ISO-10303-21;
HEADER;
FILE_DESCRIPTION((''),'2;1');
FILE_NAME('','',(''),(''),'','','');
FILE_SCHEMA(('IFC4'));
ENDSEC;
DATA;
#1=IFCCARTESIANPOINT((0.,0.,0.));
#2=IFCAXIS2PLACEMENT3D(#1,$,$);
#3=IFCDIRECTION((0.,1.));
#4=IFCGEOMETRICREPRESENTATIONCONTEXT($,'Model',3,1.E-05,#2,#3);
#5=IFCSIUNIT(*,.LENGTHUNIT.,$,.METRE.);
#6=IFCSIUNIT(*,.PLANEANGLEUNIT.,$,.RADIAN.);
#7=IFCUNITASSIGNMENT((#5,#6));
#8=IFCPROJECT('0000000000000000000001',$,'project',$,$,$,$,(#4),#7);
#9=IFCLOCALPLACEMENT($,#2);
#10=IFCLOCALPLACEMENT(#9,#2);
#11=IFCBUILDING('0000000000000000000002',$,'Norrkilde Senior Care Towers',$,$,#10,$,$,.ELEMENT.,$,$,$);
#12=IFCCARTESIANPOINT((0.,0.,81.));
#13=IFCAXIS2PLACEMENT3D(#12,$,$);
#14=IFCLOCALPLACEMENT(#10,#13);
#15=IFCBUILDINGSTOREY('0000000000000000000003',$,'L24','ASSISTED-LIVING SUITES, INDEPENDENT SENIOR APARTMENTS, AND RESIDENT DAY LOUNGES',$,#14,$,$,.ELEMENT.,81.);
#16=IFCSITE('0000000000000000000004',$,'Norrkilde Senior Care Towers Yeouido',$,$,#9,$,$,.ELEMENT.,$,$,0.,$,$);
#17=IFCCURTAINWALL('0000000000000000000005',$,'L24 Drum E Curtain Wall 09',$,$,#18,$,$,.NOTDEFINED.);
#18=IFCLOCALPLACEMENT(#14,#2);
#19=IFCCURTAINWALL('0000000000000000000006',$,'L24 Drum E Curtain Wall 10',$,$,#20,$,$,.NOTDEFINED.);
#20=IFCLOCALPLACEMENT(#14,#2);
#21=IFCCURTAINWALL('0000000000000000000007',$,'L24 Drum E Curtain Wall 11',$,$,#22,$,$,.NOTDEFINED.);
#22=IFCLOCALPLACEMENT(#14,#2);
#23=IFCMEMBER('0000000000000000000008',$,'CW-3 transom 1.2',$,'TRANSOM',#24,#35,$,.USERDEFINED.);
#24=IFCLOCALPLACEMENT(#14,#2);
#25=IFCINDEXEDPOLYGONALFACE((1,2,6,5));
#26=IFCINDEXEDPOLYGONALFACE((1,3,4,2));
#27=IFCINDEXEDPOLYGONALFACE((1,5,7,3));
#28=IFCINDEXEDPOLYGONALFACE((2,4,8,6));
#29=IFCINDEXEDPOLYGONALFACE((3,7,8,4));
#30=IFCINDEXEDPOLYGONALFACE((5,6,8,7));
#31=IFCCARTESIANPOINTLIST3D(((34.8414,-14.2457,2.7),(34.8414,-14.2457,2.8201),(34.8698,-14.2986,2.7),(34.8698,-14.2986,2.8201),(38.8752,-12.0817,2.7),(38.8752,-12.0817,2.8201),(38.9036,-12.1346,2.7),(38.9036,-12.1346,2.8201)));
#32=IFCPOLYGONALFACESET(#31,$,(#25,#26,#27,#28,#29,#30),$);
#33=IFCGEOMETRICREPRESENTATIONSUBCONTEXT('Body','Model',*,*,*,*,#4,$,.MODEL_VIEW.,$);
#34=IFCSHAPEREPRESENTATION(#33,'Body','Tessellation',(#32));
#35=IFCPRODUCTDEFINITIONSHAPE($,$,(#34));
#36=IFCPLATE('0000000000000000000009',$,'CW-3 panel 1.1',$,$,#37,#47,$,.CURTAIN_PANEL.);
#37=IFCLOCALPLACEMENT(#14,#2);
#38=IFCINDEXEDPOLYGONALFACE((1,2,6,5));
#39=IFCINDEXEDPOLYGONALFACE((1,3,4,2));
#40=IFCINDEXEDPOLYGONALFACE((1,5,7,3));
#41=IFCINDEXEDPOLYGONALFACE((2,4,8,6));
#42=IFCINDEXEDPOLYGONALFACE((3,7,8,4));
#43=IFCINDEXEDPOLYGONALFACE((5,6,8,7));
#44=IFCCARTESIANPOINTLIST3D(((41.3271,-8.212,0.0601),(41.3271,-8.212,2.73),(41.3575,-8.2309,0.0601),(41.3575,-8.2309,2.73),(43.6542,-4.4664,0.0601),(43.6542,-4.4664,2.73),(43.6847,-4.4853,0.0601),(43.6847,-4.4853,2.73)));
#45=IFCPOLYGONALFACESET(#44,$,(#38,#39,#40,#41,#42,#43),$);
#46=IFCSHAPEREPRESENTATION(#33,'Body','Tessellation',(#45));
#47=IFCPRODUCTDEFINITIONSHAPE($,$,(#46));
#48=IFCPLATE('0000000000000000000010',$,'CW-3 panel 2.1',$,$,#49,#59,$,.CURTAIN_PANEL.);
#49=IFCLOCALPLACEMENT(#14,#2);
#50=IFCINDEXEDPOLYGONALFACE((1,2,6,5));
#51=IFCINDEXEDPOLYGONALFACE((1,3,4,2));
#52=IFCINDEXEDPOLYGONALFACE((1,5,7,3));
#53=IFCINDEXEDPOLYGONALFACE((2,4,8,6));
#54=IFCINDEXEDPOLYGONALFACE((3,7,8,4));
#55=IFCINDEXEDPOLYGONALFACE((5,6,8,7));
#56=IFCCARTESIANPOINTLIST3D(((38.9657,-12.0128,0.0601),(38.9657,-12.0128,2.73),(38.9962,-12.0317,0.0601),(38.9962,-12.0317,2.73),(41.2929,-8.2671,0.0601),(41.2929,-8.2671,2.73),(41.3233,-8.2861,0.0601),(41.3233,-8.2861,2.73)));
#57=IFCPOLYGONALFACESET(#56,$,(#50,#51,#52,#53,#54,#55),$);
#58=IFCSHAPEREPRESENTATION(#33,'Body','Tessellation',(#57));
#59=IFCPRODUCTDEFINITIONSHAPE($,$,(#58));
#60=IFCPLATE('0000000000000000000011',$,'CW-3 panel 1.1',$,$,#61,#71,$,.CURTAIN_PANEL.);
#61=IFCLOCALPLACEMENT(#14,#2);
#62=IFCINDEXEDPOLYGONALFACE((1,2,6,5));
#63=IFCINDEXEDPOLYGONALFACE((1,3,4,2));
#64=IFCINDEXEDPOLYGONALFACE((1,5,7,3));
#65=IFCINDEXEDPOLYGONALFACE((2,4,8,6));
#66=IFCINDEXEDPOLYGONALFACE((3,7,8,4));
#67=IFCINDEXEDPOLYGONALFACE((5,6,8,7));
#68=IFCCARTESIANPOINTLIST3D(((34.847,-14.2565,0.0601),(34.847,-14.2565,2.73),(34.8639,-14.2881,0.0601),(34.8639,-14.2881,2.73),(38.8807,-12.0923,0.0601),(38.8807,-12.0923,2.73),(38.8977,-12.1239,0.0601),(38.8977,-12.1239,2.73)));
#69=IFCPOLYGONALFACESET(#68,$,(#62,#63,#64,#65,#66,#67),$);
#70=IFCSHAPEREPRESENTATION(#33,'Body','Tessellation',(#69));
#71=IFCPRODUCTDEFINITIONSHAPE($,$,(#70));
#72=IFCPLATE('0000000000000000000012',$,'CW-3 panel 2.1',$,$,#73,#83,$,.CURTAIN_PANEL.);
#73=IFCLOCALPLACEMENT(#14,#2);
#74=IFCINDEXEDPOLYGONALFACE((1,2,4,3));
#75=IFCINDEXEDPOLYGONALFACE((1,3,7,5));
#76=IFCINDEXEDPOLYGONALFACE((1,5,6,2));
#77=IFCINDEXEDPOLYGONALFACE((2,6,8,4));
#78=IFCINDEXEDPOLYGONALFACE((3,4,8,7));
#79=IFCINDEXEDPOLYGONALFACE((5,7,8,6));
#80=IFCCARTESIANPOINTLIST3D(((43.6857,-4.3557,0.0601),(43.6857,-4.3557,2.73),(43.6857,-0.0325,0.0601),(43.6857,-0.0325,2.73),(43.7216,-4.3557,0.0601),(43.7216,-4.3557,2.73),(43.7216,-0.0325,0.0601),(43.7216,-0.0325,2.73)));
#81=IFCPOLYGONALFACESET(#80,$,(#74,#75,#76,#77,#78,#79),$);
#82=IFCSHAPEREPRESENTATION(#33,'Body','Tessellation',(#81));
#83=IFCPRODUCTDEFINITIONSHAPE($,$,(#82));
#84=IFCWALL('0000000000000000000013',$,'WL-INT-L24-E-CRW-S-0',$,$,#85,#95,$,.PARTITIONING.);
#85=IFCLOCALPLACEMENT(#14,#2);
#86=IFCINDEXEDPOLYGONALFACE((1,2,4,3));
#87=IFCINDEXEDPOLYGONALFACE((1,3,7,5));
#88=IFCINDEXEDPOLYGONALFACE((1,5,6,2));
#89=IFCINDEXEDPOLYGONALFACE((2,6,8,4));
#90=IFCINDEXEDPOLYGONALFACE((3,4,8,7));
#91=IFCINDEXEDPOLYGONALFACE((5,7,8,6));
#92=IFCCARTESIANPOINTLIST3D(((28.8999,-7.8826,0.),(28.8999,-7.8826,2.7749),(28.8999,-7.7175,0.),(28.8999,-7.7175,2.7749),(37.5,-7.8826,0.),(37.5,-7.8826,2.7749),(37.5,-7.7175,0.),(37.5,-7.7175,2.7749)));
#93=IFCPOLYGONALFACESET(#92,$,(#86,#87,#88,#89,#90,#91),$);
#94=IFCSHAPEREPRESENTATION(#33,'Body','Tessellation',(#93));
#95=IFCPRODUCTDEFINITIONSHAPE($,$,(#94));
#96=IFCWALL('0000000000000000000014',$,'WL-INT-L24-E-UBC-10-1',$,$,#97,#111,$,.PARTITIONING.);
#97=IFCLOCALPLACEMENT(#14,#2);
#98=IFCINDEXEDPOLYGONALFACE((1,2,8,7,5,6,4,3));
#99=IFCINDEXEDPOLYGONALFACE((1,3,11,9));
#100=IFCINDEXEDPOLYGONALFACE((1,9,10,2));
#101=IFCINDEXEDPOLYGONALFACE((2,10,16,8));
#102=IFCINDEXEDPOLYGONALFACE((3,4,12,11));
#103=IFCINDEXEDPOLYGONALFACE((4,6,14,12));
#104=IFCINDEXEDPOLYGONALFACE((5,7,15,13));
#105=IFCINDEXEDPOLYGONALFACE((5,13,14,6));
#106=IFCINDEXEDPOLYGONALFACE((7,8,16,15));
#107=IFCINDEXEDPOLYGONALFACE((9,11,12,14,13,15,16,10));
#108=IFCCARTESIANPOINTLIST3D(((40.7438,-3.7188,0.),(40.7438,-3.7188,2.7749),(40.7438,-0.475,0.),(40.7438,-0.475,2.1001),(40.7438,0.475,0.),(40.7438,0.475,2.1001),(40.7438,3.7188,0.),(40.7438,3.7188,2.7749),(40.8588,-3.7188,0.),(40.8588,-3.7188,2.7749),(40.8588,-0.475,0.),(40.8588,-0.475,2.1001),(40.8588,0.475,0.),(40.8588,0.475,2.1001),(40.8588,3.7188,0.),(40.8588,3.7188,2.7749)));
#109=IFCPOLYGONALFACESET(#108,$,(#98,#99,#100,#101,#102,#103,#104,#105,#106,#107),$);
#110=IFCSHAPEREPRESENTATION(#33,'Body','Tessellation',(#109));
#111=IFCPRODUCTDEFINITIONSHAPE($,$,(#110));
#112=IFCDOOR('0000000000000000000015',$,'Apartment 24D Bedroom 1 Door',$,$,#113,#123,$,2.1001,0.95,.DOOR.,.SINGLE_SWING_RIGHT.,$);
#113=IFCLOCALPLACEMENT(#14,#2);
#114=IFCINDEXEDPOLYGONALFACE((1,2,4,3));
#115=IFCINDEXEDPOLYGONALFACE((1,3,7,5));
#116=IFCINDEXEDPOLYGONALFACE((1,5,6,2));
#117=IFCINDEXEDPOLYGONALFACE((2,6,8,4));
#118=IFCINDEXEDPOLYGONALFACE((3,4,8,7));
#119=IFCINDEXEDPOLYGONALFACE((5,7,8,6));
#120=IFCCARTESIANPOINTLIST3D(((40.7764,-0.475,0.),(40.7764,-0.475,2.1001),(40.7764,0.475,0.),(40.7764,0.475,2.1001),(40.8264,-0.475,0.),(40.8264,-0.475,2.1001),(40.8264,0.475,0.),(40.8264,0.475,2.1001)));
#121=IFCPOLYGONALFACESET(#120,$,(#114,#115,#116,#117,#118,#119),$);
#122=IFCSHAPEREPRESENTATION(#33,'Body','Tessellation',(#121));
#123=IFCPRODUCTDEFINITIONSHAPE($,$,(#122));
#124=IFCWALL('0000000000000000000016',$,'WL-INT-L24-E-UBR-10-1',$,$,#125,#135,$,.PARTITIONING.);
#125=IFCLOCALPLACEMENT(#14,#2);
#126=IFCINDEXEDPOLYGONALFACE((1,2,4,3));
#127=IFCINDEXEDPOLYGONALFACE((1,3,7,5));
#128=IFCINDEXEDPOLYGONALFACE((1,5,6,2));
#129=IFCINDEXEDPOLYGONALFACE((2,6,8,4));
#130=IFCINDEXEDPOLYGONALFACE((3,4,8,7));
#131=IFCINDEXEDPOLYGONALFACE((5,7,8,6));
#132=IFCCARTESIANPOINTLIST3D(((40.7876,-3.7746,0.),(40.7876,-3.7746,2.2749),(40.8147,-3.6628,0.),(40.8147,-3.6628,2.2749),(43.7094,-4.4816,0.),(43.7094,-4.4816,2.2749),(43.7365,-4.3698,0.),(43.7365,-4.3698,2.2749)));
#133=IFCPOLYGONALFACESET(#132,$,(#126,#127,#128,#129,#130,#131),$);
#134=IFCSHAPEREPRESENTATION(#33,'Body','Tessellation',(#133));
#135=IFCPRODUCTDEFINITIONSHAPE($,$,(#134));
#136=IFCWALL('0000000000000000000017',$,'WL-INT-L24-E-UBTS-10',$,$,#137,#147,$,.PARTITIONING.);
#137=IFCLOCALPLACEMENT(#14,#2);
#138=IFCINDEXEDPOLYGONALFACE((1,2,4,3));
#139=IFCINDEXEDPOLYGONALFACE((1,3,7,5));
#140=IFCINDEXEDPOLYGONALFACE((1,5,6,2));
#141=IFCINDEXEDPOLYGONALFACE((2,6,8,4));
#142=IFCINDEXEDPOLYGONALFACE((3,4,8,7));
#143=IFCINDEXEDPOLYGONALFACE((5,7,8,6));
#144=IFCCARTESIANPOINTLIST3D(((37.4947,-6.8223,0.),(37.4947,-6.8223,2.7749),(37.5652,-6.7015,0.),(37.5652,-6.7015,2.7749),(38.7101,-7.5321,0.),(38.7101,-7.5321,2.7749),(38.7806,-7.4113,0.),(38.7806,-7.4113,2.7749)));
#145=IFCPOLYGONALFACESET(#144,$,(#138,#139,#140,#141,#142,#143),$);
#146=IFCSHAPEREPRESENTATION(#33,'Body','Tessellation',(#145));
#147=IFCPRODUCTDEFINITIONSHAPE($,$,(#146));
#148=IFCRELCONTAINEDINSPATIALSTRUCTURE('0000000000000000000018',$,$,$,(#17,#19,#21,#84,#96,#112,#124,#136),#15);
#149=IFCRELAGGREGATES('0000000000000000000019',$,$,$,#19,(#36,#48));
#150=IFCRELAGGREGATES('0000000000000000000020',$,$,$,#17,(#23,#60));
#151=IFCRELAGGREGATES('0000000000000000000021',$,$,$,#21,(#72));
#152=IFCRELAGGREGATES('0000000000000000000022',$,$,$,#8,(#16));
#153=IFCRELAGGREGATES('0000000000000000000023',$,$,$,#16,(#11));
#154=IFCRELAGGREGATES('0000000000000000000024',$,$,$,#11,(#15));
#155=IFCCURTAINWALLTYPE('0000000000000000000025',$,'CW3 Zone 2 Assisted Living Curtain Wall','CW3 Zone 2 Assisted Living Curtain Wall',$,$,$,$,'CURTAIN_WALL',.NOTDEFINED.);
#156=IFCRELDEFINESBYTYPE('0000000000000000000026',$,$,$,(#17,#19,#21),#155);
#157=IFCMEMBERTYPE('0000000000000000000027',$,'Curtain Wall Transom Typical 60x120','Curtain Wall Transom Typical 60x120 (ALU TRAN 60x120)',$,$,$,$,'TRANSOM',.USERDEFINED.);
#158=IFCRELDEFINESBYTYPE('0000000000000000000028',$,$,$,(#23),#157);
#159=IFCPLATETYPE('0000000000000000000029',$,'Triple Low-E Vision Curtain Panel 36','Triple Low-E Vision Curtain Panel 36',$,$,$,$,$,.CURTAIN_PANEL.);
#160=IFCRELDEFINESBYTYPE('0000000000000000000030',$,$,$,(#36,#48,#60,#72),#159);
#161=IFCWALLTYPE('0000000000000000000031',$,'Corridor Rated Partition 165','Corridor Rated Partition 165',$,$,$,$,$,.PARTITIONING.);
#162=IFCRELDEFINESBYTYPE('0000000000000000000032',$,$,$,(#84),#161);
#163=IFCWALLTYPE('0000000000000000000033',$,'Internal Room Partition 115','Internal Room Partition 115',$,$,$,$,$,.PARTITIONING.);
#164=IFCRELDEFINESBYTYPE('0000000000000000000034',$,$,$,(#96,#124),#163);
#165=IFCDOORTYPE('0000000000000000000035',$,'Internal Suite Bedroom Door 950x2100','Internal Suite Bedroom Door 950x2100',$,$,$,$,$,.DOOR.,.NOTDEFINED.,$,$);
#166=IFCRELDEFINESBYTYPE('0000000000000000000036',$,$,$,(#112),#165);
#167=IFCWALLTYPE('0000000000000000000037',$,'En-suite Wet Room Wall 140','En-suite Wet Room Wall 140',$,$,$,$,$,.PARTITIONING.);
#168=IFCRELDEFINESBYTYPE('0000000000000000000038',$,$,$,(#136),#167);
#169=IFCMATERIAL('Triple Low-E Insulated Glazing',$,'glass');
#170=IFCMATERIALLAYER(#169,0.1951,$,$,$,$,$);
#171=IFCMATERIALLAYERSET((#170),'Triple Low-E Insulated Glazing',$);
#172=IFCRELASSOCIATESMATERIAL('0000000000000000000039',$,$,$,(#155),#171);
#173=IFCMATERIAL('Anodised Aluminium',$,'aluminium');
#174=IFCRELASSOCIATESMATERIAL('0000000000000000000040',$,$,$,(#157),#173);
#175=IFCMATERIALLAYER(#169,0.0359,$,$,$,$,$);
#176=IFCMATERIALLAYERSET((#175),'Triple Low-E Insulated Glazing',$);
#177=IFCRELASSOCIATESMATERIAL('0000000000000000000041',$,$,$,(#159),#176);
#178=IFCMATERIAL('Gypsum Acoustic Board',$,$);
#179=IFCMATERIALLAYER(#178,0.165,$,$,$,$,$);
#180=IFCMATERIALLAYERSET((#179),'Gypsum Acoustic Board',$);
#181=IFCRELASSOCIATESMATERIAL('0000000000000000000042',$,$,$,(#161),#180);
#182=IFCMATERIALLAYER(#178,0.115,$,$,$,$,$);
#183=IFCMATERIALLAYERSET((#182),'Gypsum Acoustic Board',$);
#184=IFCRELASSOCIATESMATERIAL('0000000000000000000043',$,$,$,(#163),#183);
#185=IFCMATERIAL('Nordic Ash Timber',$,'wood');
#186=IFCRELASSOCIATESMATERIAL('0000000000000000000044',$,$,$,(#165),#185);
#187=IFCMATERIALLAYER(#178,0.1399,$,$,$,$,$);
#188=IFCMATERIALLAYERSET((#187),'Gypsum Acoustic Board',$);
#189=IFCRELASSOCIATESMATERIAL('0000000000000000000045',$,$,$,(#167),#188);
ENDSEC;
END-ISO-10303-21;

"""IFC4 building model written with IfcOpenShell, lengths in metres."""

from ifc_helpers import new_model, si_unit, direction, frame, frame_2d, origin, origin_2d, place, context, subcontext, project, spatial, rectangle, extrude, source, transform, mapped, material, layer, layer_set, material_profile, profile_set, type_object, type_shapes, element, fill, aggregate, save


model = new_model("IFC4")

# Units and contexts
model_context = context("Model", 3, precision=1e-05, world=origin(), true_north=direction((0.0, 1.0)))
body_context = subcontext(model_context, "Body", "Model", "MODEL_VIEW")
ifc_project = project(units=[si_unit("LENGTHUNIT", "METRE"), si_unit("PLANEANGLEUNIT", "RADIAN")], contexts=[model_context])

# Site, building, storey
site_placement = place(None, origin())
site = spatial("IfcSite", under=ifc_project, at=site_placement, Name="Norrkilde Senior Care Towers Yeouido", CompositionType="ELEMENT", RefElevation=0.0)
building_placement = place(site_placement, origin())
building = spatial("IfcBuilding", under=site, at=building_placement, Name="Norrkilde Senior Care Towers", CompositionType="ELEMENT")
storey_placement = place(building_placement, frame((0.0, 0.0, 81.0)))
storey = spatial("IfcBuildingStorey", under=building, at=storey_placement, Name="L24", Description="ASSISTED-LIVING SUITES, INDEPENDENT SENIOR APARTMENTS, AND RESIDENT DAY LOUNGES", CompositionType="ELEMENT", Elevation=81.0)

# Curtain wall
ifc_material_1 = material(Name="Triple Low-E Insulated Glazing", Category="glass")
ifc_layer_1 = layer(ifc_material_1, 0.1951)
ifc_layer_set_1 = layer_set([ifc_layer_1], Name="Triple Low-E Insulated Glazing")
curtain_wall_type = type_object("IfcCurtainWallType", Name="CW3 Zone 2 Assisted Living Curtain Wall", Description="CW3 Zone 2 Assisted Living Curtain Wall", ElementType="CURTAIN_WALL", PredefinedType="NOTDEFINED", material=ifc_layer_set_1)
curtain_wall_1_placement = place(storey_placement, origin())
curtain_wall_1 = element("IfcCurtainWall", 1, at=curtain_wall_1_placement, inside=storey, type_object=curtain_wall_type, Name="L24 Drum E Curtain Wall 09", PredefinedType="NOTDEFINED")
ifc_material_2 = material(Name="Anodised Aluminium", Category="aluminium")

# Curtain wall
curtain_wall_2_placement = place(storey_placement, origin())
curtain_wall_2 = element("IfcCurtainWall", 2, at=curtain_wall_2_placement, inside=storey, type_object=curtain_wall_type, Name="L24 Drum E Curtain Wall 10", PredefinedType="NOTDEFINED")

# Curtain wall
curtain_wall_3_placement = place(storey_placement, origin())
curtain_wall_3 = element("IfcCurtainWall", 3, at=curtain_wall_3_placement, inside=storey, type_object=curtain_wall_type, Name="L24 Drum E Curtain Wall 11", PredefinedType="NOTDEFINED")

# Member
ifc_material_profile_1 = material_profile(ifc_material_2, rectangle(XDim=0.0601, YDim=0.1201, at=origin_2d()), Name="ALU TRAN 60x120")
ifc_profile_set_1 = profile_set([ifc_material_profile_1], Name="Anodised Aluminium")
member_type_1 = type_object("IfcMemberType", Name="Curtain Wall Transom Typical 60x120", Description="Curtain Wall Transom Typical 60x120 (ALU TRAN 60x120)", ElementType="TRANSOM", PredefinedType="USERDEFINED", material=ifc_profile_set_1)
shared_shape_1 = source(origin(), body_context, "Body", "SweptSolid", [
    extrude(rectangle(XDim=0.0601, YDim=0.1201, at=origin_2d()), origin(), (0.0, 0.0, 1.0), 4.5776),
])
member_1_placement = place(storey_placement, frame((38.8894, -12.1082, 2.76), z_axis=(-0.881205, -0.472735, 0.0), x_axis=(0.472735, -0.881205, 0.0)))
member_1 = element("IfcMember", 4, at=member_1_placement, type_object=member_type_1, Name="CW-3 transom 1.2", ObjectType="TRANSOM", PredefinedType="USERDEFINED", context=body_context, shape_type="MappedRepresentation", body=[
    mapped(shared_shape_1, transform((0.0, 0.0, 0.0), x_axis=(1.0, 0.0, 0.0), y_axis=(0.0, 1.0, 0.0), z_axis=(0.0, 0.0, 1.0), scale=1.0)),
])

# Plates
ifc_layer_2 = layer(ifc_material_1, 0.0359)
ifc_layer_set_2 = layer_set([ifc_layer_2], Name="Triple Low-E Insulated Glazing")
plate_type = type_object("IfcPlateType", Name="Triple Low-E Vision Curtain Panel 36", Description="Triple Low-E Vision Curtain Panel 36", PredefinedType="CURTAIN_PANEL", material=ifc_layer_set_2)
shared_shape_2 = source(origin(), body_context, "Body", "SweptSolid", [
    extrude(rectangle(XDim=4.4097, YDim=0.0359, at=origin_2d()), origin(), (0.0, 0.0, 1.0), 2.6699),
])
plate_1_placement = place(storey_placement, frame((42.5059, -6.3486, 0.0601), z_axis=(0.0, 0.0, 1.0), x_axis=(-0.527733, -0.84941, 0.0)))
plate_1 = element("IfcPlate", 5, at=plate_1_placement, type_object=plate_type, Name="CW-3 panel 1.1", PredefinedType="CURTAIN_PANEL", context=body_context, shape_type="MappedRepresentation", body=[
    mapped(shared_shape_2, transform((0.0, 0.0, 0.0), x_axis=(1.0, 0.0, 0.0), y_axis=(0.0, 1.0, 0.0), z_axis=(0.0, 0.0, 1.0), scale=1.0)),
])
plate_2_placement = place(storey_placement, frame((40.1445, -10.1494, 0.0601), z_axis=(0.0, 0.0, 1.0), x_axis=(-0.527733, -0.84941, 0.0)))
plate_2 = element("IfcPlate", 6, at=plate_2_placement, type_object=plate_type, Name="CW-3 panel 2.1", PredefinedType="CURTAIN_PANEL", context=body_context, shape_type="MappedRepresentation", body=[
    mapped(shared_shape_2, transform((0.0, 0.0, 0.0), x_axis=(1.0, 0.0, 0.0), y_axis=(0.0, 1.0, 0.0), z_axis=(0.0, 0.0, 1.0), scale=1.0)),
])
aggregate(curtain_wall_2, [plate_1, plate_2])
shared_shape_3 = source(origin(), body_context, "Body", "SweptSolid", [
    extrude(rectangle(XDim=4.5776, YDim=0.0359, at=origin_2d()), origin(), (0.0, 0.0, 1.0), 2.6699),
])
plate_3_placement = place(storey_placement, frame((36.8723, -13.1902, 0.0601), z_axis=(0.0, 0.0, 1.0), x_axis=(-0.881186, -0.472769, 0.0)))
plate_3 = element("IfcPlate", 7, at=plate_3_placement, type_object=plate_type, Name="CW-3 panel 1.1", PredefinedType="CURTAIN_PANEL", context=body_context, shape_type="MappedRepresentation", body=[
    mapped(shared_shape_3, transform((0.0, 0.0, 0.0), x_axis=(1.0, 0.0, 0.0), y_axis=(0.0, 1.0, 0.0), z_axis=(0.0, 0.0, 1.0), scale=1.0)),
])
aggregate(curtain_wall_1, [member_1, plate_3])
shared_shape_4 = source(origin(), body_context, "Body", "SweptSolid", [
    extrude(rectangle(XDim=4.3232, YDim=0.0359, at=origin_2d()), origin(), (0.0, 0.0, 1.0), 2.6699),
])
type_shapes(plate_type, [shared_shape_2, shared_shape_3, shared_shape_4])
plate_4_placement = place(storey_placement, frame((43.7036, -2.1941, 0.0601), z_axis=(0.0, 0.0, 1.0), x_axis=(0.0, -1.0, 0.0)))
plate_4 = element("IfcPlate", 8, at=plate_4_placement, type_object=plate_type, Name="CW-3 panel 2.1", PredefinedType="CURTAIN_PANEL", context=body_context, shape_type="MappedRepresentation", body=[
    mapped(shared_shape_4, transform((0.0, 0.0, 0.0), x_axis=(1.0, 0.0, 0.0), y_axis=(0.0, 1.0, 0.0), z_axis=(0.0, 0.0, 1.0), scale=1.0)),
])
aggregate(curtain_wall_3, [plate_4])

# Wall
ifc_material_3 = material(Name="Gypsum Acoustic Board")
ifc_layer_3 = layer(ifc_material_3, 0.165)
ifc_layer_set_3 = layer_set([ifc_layer_3], Name="Gypsum Acoustic Board")
wall_type_1 = type_object("IfcWallType", Name="Corridor Rated Partition 165", Description="Corridor Rated Partition 165", PredefinedType="PARTITIONING", material=ifc_layer_set_3)
shared_shape_5 = source(origin(), body_context, "Body", "SweptSolid", [
    extrude(rectangle(XDim=8.6001, YDim=0.165, at=frame_2d((4.3, 0.0))), origin(), (0.0, 0.0, 1.0), 2.7749),
])
type_shapes(wall_type_1, [shared_shape_5])
wall_1_placement = place(storey_placement, frame((37.5, -7.8, 0.0), z_axis=(0.0, 0.0, 1.0), x_axis=(-1.0, 0.0, 0.0)))
element("IfcWall", 9, at=wall_1_placement, inside=storey, type_object=wall_type_1, Name="WL-INT-L24-E-CRW-S-0", PredefinedType="PARTITIONING", context=body_context, shape_type="MappedRepresentation", body=[
    mapped(shared_shape_5, transform((0.0, 0.0, 0.0), x_axis=(1.0, 0.0, 0.0), y_axis=(0.0, 1.0, 0.0), z_axis=(0.0, 0.0, 1.0), scale=1.0)),
])

# Wall, opening, door
ifc_layer_4 = layer(ifc_material_3, 0.115)
ifc_layer_set_4 = layer_set([ifc_layer_4], Name="Gypsum Acoustic Board")
wall_type_2 = type_object("IfcWallType", Name="Internal Room Partition 115", Description="Internal Room Partition 115", PredefinedType="PARTITIONING", material=ifc_layer_set_4)
shared_shape_6 = source(origin(), body_context, "Body", "SweptSolid", [
    extrude(rectangle(XDim=7.4375, YDim=0.115, at=frame_2d((3.7188, 0.0))), origin(), (0.0, 0.0, 1.0), 2.7749),
])
wall_2_placement = place(storey_placement, frame((40.8013, -3.7188, 0.0), z_axis=(0.0, 0.0, 1.0), x_axis=(0.0, 1.0, 0.0)))
wall_2 = element("IfcWall", 10, at=wall_2_placement, inside=storey, type_object=wall_type_2, Name="WL-INT-L24-E-UBC-10-1", PredefinedType="PARTITIONING", context=body_context, shape_type="MappedRepresentation", body=[
    mapped(shared_shape_6, transform((0.0, 0.0, 0.0), x_axis=(1.0, 0.0, 0.0), y_axis=(0.0, 1.0, 0.0), z_axis=(0.0, 0.0, 1.0), scale=1.0)),
])
opening_1_placement = place(wall_2_placement, frame((3.2437, 0.0, 0.0)))
opening_1 = element("IfcOpeningElement", 11, at=opening_1_placement, cuts=wall_2, PredefinedType="OPENING", context=body_context, shape_type="SweptSolid", body=[
    extrude(rectangle(XDim=0.95, YDim=2.1001, at=frame_2d((0.4751, 1.05))), frame((0.0, 0.0674, 0.0), z_axis=(0.0, -1.0, 0.0), x_axis=(1.0, 0.0, 0.0)), (0.0, 0.0, 1.0), 0.135),
])
ifc_material_4 = material(Name="Nordic Ash Timber", Category="wood")
door_type_1 = type_object("IfcDoorType", Name="Internal Suite Bedroom Door 950x2100", Description="Internal Suite Bedroom Door 950x2100", OperationType="NOTDEFINED", PredefinedType="DOOR", material=ifc_material_4)
shared_shape_7 = source(origin(), body_context, "Body", "SweptSolid", [
    extrude(rectangle(XDim=0.95, YDim=2.1001, at=frame_2d((0.4751, 1.05))), frame((0.0, 0.0249, 0.0), z_axis=(0.0, -1.0, 0.0), x_axis=(1.0, 0.0, 0.0)), (0.0, 0.0, 1.0), 0.05),
])
type_shapes(door_type_1, [shared_shape_7])
door_1_placement = place(opening_1_placement, origin())
door_1 = element("IfcDoor", 12, at=door_1_placement, inside=storey, type_object=door_type_1, Name="Apartment 24D Bedroom 1 Door", OperationType="SINGLE_SWING_RIGHT", OverallHeight=2.1001, OverallWidth=0.95, PredefinedType="DOOR", context=body_context, shape_type="MappedRepresentation", body=[
    mapped(shared_shape_7, transform((0.0, 0.0, 0.0), x_axis=(1.0, 0.0, 0.0), y_axis=(0.0, 1.0, 0.0), z_axis=(0.0, 0.0, 1.0), scale=1.0)),
])
fill(opening_1, door_1)

# Walls
shared_shape_8 = source(origin(), body_context, "Body", "SweptSolid", [
    extrude(rectangle(XDim=3.0061, YDim=0.115, at=frame_2d((1.5029, 0.0))), origin(), (0.0, 0.0, 1.0), 2.2749),
])
wall_3_placement = place(storey_placement, frame((40.8013, -3.7188, 0.0), z_axis=(0.0, 0.0, 1.0), x_axis=(0.971949, -0.235191, 0.0)))
element("IfcWall", 13, at=wall_3_placement, inside=storey, type_object=wall_type_2, Name="WL-INT-L24-E-UBR-10-1", PredefinedType="PARTITIONING", context=body_context, shape_type="MappedRepresentation", body=[
    mapped(shared_shape_8, transform((0.0, 0.0, 0.0), x_axis=(1.0, 0.0, 0.0), y_axis=(0.0, 1.0, 0.0), z_axis=(0.0, 0.0, 1.0), scale=1.0)),
])
ifc_layer_5 = layer(ifc_material_3, 0.1399)
ifc_layer_set_5 = layer_set([ifc_layer_5], Name="Gypsum Acoustic Board")
wall_type_3 = type_object("IfcWallType", Name="En-suite Wet Room Wall 140", Description="En-suite Wet Room Wall 140", PredefinedType="PARTITIONING", material=ifc_layer_set_5)
shared_shape_9 = source(origin(), body_context, "Body", "SweptSolid", [
    extrude(rectangle(XDim=1.4075, YDim=0.1399, at=frame_2d((0.7036, 0.0))), origin(), (0.0, 0.0, 1.0), 2.7749),
])
wall_4_placement = place(storey_placement, frame((37.53, -6.762, 0.0), z_axis=(0.0, 0.0, 1.0), x_axis=(0.86354, -0.504281, 0.0)))
element("IfcWall", 14, at=wall_4_placement, inside=storey, type_object=wall_type_3, Name="WL-INT-L24-E-UBTS-10", PredefinedType="PARTITIONING", context=body_context, shape_type="MappedRepresentation", body=[
    mapped(shared_shape_9, transform((0.0, 0.0, 0.0), x_axis=(1.0, 0.0, 0.0), y_axis=(0.0, 1.0, 0.0), z_axis=(0.0, 0.0, 1.0), scale=1.0)),
])

save(model, "model.ifc")
